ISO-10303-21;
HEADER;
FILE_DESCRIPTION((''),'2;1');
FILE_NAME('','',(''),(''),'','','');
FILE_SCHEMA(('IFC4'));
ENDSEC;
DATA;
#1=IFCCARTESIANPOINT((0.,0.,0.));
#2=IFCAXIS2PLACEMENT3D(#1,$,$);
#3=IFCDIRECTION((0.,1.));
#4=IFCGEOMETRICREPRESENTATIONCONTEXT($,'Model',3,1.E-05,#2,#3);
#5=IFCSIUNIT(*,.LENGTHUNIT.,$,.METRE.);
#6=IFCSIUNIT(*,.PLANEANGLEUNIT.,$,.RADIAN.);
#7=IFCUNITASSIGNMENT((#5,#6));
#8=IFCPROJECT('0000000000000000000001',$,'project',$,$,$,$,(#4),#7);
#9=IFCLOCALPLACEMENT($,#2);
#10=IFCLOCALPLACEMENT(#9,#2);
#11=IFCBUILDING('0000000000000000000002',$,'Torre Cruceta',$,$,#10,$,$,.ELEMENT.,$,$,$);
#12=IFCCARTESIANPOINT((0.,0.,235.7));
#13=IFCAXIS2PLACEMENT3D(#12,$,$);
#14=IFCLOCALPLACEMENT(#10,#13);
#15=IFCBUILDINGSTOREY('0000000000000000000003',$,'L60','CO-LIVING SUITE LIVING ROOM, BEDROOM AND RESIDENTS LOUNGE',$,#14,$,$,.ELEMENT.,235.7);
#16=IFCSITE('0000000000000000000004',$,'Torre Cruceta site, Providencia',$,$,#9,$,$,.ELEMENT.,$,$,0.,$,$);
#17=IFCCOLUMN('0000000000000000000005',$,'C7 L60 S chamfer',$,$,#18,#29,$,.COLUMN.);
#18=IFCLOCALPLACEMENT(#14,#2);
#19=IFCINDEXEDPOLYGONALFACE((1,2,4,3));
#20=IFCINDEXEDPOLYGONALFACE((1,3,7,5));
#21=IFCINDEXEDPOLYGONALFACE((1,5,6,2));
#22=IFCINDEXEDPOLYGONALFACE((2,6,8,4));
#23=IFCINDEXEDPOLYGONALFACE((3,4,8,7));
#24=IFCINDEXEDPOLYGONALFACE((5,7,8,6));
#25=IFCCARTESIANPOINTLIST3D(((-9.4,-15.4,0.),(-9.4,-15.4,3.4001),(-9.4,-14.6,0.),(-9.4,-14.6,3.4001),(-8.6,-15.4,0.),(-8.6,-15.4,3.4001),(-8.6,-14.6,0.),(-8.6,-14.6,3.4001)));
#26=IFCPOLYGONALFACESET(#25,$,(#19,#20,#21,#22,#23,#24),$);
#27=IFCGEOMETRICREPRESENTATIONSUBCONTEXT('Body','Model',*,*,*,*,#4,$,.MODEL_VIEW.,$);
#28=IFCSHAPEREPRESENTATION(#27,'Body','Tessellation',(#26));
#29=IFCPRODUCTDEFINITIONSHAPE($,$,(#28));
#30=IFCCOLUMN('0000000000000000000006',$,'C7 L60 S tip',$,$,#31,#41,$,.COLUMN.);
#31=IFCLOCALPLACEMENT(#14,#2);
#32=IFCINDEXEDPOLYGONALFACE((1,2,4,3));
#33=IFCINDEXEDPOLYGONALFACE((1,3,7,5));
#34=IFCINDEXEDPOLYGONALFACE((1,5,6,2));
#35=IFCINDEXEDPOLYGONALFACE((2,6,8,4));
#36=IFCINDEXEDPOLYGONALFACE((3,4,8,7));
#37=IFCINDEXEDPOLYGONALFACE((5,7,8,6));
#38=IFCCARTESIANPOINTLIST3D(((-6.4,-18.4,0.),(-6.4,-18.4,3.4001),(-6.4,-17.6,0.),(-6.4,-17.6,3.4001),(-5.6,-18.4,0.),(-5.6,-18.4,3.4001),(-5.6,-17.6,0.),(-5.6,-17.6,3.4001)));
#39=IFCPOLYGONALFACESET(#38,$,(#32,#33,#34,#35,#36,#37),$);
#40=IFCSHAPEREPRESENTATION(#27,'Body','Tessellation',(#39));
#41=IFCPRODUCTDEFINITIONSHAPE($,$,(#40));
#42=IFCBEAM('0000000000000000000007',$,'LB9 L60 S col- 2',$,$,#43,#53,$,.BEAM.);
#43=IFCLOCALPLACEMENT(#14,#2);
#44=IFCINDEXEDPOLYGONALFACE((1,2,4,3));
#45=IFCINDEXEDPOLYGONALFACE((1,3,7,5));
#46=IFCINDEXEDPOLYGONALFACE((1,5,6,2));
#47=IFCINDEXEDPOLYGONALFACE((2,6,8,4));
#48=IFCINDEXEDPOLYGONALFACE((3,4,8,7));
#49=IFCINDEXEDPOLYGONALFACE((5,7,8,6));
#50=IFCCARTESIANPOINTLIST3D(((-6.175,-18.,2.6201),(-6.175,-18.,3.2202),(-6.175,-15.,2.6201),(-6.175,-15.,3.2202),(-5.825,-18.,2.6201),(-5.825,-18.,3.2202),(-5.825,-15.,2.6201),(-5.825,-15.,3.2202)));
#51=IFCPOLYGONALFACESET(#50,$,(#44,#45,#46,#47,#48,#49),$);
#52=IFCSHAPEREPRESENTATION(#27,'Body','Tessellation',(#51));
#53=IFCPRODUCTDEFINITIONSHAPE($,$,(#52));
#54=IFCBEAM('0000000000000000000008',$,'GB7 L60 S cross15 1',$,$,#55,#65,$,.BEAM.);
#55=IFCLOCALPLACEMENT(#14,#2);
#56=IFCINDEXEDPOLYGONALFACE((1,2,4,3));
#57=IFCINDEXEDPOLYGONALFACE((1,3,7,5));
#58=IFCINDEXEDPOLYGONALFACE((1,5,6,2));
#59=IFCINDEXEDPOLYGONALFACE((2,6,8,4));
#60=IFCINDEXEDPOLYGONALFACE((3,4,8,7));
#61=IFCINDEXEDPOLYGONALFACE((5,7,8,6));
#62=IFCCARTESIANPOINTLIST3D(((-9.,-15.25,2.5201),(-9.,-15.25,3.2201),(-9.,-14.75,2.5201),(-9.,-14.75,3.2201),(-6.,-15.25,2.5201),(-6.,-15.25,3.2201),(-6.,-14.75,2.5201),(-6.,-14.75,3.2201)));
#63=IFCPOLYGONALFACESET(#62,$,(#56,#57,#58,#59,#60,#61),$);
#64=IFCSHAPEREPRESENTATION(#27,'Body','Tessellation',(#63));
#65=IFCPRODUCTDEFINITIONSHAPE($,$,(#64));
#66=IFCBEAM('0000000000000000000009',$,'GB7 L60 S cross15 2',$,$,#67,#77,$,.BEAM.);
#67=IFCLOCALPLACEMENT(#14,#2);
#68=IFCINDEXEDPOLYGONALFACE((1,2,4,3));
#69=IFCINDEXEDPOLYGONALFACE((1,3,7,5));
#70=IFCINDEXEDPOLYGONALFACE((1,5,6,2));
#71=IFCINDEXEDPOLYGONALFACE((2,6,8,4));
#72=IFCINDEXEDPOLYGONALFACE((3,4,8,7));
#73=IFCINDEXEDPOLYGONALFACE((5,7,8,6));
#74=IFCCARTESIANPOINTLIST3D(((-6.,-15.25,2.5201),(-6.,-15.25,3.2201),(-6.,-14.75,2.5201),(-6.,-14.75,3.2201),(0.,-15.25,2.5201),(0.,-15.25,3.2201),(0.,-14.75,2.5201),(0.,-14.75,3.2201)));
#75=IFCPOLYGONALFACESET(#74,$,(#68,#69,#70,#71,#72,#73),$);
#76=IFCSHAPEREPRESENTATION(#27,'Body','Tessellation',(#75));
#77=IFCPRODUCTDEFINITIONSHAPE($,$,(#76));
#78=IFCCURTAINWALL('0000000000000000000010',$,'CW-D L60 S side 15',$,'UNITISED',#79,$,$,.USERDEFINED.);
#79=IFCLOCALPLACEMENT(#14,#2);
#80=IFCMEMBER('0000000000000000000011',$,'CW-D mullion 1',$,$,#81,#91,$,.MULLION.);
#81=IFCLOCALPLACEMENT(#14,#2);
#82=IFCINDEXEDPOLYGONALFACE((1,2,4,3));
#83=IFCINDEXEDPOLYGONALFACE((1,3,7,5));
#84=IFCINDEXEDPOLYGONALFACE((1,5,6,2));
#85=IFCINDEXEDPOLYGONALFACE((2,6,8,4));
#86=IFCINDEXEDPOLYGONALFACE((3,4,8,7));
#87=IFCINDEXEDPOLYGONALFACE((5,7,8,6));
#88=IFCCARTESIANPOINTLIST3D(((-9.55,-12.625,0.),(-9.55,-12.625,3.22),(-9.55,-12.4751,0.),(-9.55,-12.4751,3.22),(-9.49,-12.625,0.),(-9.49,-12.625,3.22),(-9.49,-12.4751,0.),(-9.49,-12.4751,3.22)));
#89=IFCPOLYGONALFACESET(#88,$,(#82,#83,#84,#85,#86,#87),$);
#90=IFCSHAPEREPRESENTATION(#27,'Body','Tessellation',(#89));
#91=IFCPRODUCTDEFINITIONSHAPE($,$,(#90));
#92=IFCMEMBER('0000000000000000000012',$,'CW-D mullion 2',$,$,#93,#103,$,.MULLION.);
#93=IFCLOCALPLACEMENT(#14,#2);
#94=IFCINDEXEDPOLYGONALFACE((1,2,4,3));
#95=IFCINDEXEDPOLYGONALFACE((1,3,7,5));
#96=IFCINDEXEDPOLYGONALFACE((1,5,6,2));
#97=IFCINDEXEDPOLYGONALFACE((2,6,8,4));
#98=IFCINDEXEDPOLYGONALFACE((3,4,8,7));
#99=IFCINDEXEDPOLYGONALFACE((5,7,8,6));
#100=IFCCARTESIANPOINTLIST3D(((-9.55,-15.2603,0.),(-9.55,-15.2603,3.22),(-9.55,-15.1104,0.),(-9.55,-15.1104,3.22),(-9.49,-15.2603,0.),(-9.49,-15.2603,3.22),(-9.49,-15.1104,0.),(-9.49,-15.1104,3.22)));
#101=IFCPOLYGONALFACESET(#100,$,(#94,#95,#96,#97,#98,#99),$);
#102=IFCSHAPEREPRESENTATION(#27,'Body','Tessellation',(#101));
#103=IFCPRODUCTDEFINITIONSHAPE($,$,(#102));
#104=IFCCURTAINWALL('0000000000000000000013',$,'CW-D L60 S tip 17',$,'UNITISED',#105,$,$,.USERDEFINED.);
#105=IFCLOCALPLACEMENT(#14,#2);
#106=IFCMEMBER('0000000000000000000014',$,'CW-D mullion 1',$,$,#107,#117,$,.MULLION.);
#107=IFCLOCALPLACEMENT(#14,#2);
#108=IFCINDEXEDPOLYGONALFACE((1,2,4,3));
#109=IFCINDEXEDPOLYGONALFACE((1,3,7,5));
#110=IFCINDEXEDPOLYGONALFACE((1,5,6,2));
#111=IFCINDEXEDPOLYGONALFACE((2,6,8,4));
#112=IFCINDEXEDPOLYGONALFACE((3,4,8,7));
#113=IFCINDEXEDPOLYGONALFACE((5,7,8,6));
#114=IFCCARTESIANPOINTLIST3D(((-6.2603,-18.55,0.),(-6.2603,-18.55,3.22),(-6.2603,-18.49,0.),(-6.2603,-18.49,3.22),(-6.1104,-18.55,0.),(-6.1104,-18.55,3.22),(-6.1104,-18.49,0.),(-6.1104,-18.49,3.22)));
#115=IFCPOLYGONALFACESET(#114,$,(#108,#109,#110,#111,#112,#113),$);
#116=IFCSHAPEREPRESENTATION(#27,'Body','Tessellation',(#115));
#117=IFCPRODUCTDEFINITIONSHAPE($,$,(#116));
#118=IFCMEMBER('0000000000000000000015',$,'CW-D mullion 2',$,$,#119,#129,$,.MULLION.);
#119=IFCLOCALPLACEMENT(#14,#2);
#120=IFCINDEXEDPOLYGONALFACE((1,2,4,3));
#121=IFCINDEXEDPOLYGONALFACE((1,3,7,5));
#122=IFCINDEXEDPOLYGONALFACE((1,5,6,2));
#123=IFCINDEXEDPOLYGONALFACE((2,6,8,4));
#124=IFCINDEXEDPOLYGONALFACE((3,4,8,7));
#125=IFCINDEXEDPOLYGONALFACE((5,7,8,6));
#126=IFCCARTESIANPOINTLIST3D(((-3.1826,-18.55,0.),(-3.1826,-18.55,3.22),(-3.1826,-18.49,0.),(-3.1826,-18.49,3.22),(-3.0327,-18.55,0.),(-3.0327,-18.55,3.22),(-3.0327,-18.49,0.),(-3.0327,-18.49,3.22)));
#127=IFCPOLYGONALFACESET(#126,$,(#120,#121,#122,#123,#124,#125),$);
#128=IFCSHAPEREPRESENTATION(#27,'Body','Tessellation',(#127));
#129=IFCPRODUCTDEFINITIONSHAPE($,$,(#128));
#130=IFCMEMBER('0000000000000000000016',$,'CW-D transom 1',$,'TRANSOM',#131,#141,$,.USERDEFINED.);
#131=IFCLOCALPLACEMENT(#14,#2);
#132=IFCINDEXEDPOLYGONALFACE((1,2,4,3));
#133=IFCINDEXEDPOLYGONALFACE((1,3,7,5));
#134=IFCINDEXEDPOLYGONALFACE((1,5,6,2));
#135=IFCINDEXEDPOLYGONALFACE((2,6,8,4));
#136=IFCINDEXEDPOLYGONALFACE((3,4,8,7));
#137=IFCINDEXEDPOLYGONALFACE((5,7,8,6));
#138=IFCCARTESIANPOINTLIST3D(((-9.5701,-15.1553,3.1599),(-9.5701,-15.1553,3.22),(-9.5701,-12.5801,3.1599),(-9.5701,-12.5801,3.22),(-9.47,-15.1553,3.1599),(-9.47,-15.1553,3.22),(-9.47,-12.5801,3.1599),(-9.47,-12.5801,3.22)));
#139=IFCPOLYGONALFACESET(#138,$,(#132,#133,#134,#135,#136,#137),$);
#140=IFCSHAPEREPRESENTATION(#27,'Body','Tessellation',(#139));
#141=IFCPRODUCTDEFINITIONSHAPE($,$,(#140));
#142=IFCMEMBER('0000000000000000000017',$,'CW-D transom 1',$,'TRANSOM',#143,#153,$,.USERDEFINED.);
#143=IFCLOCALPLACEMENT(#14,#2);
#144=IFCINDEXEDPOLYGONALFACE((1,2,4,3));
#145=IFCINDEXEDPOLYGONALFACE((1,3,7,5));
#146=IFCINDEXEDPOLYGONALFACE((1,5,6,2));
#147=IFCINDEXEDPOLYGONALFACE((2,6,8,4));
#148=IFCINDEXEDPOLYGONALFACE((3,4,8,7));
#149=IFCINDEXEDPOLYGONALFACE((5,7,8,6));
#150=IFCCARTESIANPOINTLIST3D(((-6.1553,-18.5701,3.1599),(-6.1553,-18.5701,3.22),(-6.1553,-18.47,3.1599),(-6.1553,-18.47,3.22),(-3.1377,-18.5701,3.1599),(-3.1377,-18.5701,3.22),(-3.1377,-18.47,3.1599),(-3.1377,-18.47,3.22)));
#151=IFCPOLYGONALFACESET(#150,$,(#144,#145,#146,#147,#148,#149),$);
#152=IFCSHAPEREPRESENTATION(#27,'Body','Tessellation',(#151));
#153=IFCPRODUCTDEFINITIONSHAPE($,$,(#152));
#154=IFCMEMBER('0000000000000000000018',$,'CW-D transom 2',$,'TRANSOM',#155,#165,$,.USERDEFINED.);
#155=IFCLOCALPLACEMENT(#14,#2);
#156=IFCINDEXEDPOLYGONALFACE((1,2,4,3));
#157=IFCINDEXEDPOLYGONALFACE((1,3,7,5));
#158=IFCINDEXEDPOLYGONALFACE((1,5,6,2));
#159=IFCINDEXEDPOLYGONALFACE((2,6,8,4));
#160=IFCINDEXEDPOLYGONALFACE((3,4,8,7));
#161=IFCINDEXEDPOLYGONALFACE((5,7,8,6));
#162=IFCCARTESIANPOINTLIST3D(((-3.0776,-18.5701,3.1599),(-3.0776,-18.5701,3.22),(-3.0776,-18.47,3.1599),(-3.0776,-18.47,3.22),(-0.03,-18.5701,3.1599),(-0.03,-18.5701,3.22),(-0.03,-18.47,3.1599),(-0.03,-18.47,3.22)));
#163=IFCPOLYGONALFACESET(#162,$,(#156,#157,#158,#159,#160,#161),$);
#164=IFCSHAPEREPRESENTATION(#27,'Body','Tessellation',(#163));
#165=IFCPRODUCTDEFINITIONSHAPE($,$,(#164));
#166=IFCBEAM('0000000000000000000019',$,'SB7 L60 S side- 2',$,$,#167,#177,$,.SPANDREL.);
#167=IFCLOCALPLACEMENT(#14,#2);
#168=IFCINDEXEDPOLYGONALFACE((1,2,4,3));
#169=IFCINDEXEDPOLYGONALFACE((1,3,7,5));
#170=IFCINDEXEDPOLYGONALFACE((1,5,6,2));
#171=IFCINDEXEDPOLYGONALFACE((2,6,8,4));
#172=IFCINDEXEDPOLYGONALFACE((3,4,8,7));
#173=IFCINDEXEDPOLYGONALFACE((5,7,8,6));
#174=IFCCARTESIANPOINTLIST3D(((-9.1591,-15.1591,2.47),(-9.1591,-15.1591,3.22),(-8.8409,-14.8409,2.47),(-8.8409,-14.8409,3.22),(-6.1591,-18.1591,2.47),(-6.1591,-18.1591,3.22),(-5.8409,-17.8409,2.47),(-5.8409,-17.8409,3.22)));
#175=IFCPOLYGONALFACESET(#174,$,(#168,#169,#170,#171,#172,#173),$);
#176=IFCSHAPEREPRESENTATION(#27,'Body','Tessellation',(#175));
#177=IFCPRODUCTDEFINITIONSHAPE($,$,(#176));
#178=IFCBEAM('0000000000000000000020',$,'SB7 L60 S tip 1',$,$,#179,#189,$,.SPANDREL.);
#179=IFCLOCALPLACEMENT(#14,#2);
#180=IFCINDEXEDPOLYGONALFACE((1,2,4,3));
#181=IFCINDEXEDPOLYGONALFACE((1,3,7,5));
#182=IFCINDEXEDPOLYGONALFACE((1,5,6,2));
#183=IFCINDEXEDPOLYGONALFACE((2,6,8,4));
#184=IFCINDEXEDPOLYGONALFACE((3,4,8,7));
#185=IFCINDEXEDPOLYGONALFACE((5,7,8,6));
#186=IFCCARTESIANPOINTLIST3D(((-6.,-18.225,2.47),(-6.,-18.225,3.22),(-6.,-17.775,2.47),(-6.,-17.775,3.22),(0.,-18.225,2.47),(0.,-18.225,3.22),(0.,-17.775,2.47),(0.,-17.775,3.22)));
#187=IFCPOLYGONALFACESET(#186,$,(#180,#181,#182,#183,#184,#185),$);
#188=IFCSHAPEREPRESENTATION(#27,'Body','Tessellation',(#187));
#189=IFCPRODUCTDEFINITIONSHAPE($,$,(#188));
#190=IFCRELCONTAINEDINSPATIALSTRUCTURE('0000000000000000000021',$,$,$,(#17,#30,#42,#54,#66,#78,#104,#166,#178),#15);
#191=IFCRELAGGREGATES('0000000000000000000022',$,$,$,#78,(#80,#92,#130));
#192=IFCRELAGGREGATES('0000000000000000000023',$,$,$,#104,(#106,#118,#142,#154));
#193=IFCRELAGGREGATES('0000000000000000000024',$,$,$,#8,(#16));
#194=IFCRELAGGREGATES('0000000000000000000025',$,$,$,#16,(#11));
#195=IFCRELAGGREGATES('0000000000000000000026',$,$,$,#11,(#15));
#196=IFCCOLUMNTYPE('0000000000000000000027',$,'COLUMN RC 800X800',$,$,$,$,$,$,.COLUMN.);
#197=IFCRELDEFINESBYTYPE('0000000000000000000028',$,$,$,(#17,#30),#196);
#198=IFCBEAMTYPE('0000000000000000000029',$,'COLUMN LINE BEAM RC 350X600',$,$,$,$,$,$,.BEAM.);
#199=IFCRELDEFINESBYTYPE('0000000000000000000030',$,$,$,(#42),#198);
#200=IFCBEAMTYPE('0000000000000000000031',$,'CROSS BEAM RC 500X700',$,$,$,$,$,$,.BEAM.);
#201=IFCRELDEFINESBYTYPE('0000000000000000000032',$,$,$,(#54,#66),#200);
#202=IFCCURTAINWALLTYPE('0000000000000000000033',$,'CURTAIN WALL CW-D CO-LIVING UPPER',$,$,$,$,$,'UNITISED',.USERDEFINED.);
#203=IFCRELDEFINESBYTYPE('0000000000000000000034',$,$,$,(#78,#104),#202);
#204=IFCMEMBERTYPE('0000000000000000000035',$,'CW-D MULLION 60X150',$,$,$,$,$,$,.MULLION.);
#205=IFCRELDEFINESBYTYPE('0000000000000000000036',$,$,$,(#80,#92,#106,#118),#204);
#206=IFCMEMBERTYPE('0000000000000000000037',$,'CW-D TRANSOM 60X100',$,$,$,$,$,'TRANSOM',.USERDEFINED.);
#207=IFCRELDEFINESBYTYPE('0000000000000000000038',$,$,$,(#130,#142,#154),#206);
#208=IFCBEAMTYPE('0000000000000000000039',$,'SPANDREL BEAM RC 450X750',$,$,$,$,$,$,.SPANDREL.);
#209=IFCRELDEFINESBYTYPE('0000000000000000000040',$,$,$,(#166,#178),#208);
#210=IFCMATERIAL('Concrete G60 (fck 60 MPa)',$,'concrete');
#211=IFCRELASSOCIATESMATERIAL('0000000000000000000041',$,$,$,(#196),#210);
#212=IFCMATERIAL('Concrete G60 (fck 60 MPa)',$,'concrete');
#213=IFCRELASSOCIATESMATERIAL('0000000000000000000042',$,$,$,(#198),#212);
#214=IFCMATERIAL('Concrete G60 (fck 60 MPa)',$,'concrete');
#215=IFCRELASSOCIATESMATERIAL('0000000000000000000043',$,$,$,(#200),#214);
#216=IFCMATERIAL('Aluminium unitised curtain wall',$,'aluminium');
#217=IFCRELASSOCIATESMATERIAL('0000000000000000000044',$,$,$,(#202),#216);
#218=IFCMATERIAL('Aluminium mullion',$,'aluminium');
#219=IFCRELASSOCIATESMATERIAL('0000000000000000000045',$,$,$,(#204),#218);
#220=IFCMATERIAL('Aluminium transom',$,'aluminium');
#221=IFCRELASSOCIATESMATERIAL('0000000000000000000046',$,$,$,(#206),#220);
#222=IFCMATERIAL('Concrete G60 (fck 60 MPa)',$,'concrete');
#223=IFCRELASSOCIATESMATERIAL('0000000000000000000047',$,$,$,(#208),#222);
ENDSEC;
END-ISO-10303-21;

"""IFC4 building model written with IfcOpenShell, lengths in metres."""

from ifc_helpers import new_model, si_unit, direction, frame, origin, origin_2d, place, context, subcontext, project, spatial, rectangle, extrude, material, material_profile, profile_set, type_object, element, aggregate, save


model = new_model("IFC4")

# Units and contexts
model_context = context("Model", 3, precision=1e-05, world=origin(), true_north=direction((0.0, 1.0)))
body_context = subcontext(model_context, "Body", "Model", "MODEL_VIEW")
ifc_project = project(units=[si_unit("LENGTHUNIT", "METRE"), si_unit("PLANEANGLEUNIT", "RADIAN")], contexts=[model_context])

# Site, building, storey
site_placement = place(None, origin())
site = spatial("IfcSite", under=ifc_project, at=site_placement, Name="Torre Cruceta site, Providencia", CompositionType="ELEMENT", RefElevation=0.0)
building_placement = place(site_placement, origin())
building = spatial("IfcBuilding", under=site, at=building_placement, Name="Torre Cruceta", CompositionType="ELEMENT")
storey_placement = place(building_placement, frame((0.0, 0.0, 235.7)))
storey = spatial("IfcBuildingStorey", under=building, at=storey_placement, Name="L60", Description="CO-LIVING SUITE LIVING ROOM, BEDROOM AND RESIDENTS LOUNGE", CompositionType="ELEMENT", Elevation=235.7)

# Columns
ifc_material_1 = material(Name="Concrete G60 (fck 60 MPa)", Category="concrete")
ifc_material_profile_1 = material_profile(ifc_material_1, rectangle(XDim=0.8, YDim=0.8, at=origin_2d()), Name="RC 800X800")
ifc_profile_set_1 = profile_set([ifc_material_profile_1], Name="Concrete G60 (fck 60 MPa)")
column_type = type_object("IfcColumnType", Name="COLUMN RC 800X800", PredefinedType="COLUMN", material=ifc_profile_set_1)
for number, where, z_axis, x_axis, name in (
    (1, (-9.0, -15.0, 0.0), (0.0, 0.0, 1.0), (1.0, 0.0, 0.0), "C7 L60 S chamfer"),
    (2, (-6.0, -18.0, 0.0), (0.0, 0.0, 1.0), (1.0, 0.0, 0.0), "C7 L60 S tip"),
):
    element("IfcColumn", number, at=place(storey_placement, frame(where, z_axis=z_axis, x_axis=x_axis)), inside=storey, type_object=column_type, Name=name, PredefinedType="COLUMN", context=body_context, shape_type="SweptSolid", body=[
        extrude(rectangle(XDim=0.8, YDim=0.8, at=origin_2d()), origin(), (0.0, 0.0, 1.0), 3.4001),
    ])

# Beams
ifc_material_2 = material(Name="Concrete G60 (fck 60 MPa)", Category="concrete")
ifc_material_profile_2 = material_profile(ifc_material_2, rectangle(XDim=0.3501, YDim=0.6001, at=origin_2d()), Name="RC 350X600")
ifc_profile_set_2 = profile_set([ifc_material_profile_2], Name="Concrete G60 (fck 60 MPa)")
beam_type_1 = type_object("IfcBeamType", Name="COLUMN LINE BEAM RC 350X600", PredefinedType="BEAM", material=ifc_profile_set_2)
beam_1_placement = place(storey_placement, frame((-6.0, -15.0, 2.9202), z_axis=(0.0, -1.0, 0.0), x_axis=(1.0, 0.0, 0.0)))
element("IfcBeam", 3, at=beam_1_placement, inside=storey, type_object=beam_type_1, Name="LB9 L60 S col- 2", PredefinedType="BEAM", context=body_context, shape_type="SweptSolid", body=[
    extrude(rectangle(XDim=0.3501, YDim=0.6001, at=origin_2d()), origin(), (0.0, 0.0, 1.0), 3.0),
])
ifc_material_3 = material(Name="Concrete G60 (fck 60 MPa)", Category="concrete")
ifc_material_profile_3 = material_profile(ifc_material_3, rectangle(XDim=0.5, YDim=0.7, at=origin_2d()), Name="RC 500X700")
ifc_profile_set_3 = profile_set([ifc_material_profile_3], Name="Concrete G60 (fck 60 MPa)")
beam_type_2 = type_object("IfcBeamType", Name="CROSS BEAM RC 500X700", PredefinedType="BEAM", material=ifc_profile_set_3)
beam_2_placement = place(storey_placement, frame((-9.0, -15.0, 2.8701), z_axis=(1.0, 0.0, 0.0), x_axis=(0.0, 1.0, 0.0)))
element("IfcBeam", 4, at=beam_2_placement, inside=storey, type_object=beam_type_2, Name="GB7 L60 S cross15 1", PredefinedType="BEAM", context=body_context, shape_type="SweptSolid", body=[
    extrude(rectangle(XDim=0.5, YDim=0.7, at=origin_2d()), origin(), (0.0, 0.0, 1.0), 3.0),
])
beam_3_placement = place(storey_placement, frame((-6.0, -15.0, 2.8701), z_axis=(1.0, 0.0, 0.0), x_axis=(0.0, 1.0, 0.0)))
element("IfcBeam", 5, at=beam_3_placement, inside=storey, type_object=beam_type_2, Name="GB7 L60 S cross15 2", PredefinedType="BEAM", context=body_context, shape_type="SweptSolid", body=[
    extrude(rectangle(XDim=0.5, YDim=0.7, at=origin_2d()), origin(), (0.0, 0.0, 1.0), 6.0),
])

# Curtain walls, members
ifc_material_4 = material(Name="Aluminium unitised curtain wall", Category="aluminium")
curtain_wall_type = type_object("IfcCurtainWallType", Name="CURTAIN WALL CW-D CO-LIVING UPPER", ElementType="UNITISED", PredefinedType="USERDEFINED", material=ifc_material_4)
curtain_wall_1_placement = place(storey_placement, origin())
curtain_wall_1 = element("IfcCurtainWall", 6, at=curtain_wall_1_placement, inside=storey, type_object=curtain_wall_type, Name="CW-D L60 S side 15", ObjectType="UNITISED", PredefinedType="USERDEFINED")
ifc_material_5 = material(Name="Aluminium mullion", Category="aluminium")
ifc_material_profile_4 = material_profile(ifc_material_5, rectangle(XDim=0.0601, YDim=0.1499, at=origin_2d()), Name="AL 60X150")
ifc_profile_set_4 = profile_set([ifc_material_profile_4], Name="Aluminium mullion")
member_type_1 = type_object("IfcMemberType", Name="CW-D MULLION 60X150", PredefinedType="MULLION", material=ifc_profile_set_4)
member_1_placement = place(storey_placement, frame((-9.52, -12.55, 0.0), z_axis=(0.0, 0.0, 1.0), x_axis=(1.0, 0.0, 0.0)))
member_1 = element("IfcMember", 7, at=member_1_placement, type_object=member_type_1, Name="CW-D mullion 1", PredefinedType="MULLION", context=body_context, shape_type="SweptSolid", body=[
    extrude(rectangle(XDim=0.0601, YDim=0.1499, at=origin_2d()), origin(), (0.0, 0.0, 1.0), 3.22),
])
member_2_placement = place(storey_placement, frame((-9.52, -15.1853, 0.0), z_axis=(0.0, 0.0, 1.0), x_axis=(1.0, 0.0, 0.0)))
member_2 = element("IfcMember", 8, at=member_2_placement, type_object=member_type_1, Name="CW-D mullion 2", PredefinedType="MULLION", context=body_context, shape_type="SweptSolid", body=[
    extrude(rectangle(XDim=0.0601, YDim=0.1499, at=origin_2d()), origin(), (0.0, 0.0, 1.0), 3.22),
])
curtain_wall_2_placement = place(storey_placement, origin())
curtain_wall_2 = element("IfcCurtainWall", 9, at=curtain_wall_2_placement, inside=storey, type_object=curtain_wall_type, Name="CW-D L60 S tip 17", ObjectType="UNITISED", PredefinedType="USERDEFINED")
member_3_placement = place(storey_placement, frame((-6.1853, -18.52, 0.0), z_axis=(0.0, 0.0, 1.0), x_axis=(0.0, 1.0, 0.0)))
member_3 = element("IfcMember", 10, at=member_3_placement, type_object=member_type_1, Name="CW-D mullion 1", PredefinedType="MULLION", context=body_context, shape_type="SweptSolid", body=[
    extrude(rectangle(XDim=0.0601, YDim=0.1499, at=origin_2d()), origin(), (0.0, 0.0, 1.0), 3.22),
])
member_4_placement = place(storey_placement, frame((-3.1077, -18.52, 0.0), z_axis=(0.0, 0.0, 1.0), x_axis=(0.0, 1.0, 0.0)))
member_4 = element("IfcMember", 11, at=member_4_placement, type_object=member_type_1, Name="CW-D mullion 2", PredefinedType="MULLION", context=body_context, shape_type="SweptSolid", body=[
    extrude(rectangle(XDim=0.0601, YDim=0.1499, at=origin_2d()), origin(), (0.0, 0.0, 1.0), 3.22),
])

# Members
ifc_material_6 = material(Name="Aluminium transom", Category="aluminium")
ifc_material_profile_5 = material_profile(ifc_material_6, rectangle(XDim=0.1001, YDim=0.0601, at=origin_2d()), Name="AL 100X60")
ifc_profile_set_5 = profile_set([ifc_material_profile_5], Name="Aluminium transom")
member_type_2 = type_object("IfcMemberType", Name="CW-D TRANSOM 60X100", ElementType="TRANSOM", PredefinedType="USERDEFINED", material=ifc_profile_set_5)
member_5_placement = place(storey_placement, frame((-9.52, -12.5801, 3.1899), z_axis=(0.0, -1.0, 0.0), x_axis=(1.0, 0.0, 0.0)))
member_5 = element("IfcMember", 12, at=member_5_placement, type_object=member_type_2, Name="CW-D transom 1", ObjectType="TRANSOM", PredefinedType="USERDEFINED", context=body_context, shape_type="SweptSolid", body=[
    extrude(rectangle(XDim=0.1001, YDim=0.0601, at=origin_2d()), origin(), (0.0, 0.0, 1.0), 2.5752),
])
member_6_placement = place(storey_placement, frame((-6.1553, -18.52, 3.1899), z_axis=(1.0, 0.0, 0.0), x_axis=(0.0, 1.0, 0.0)))
member_6 = element("IfcMember", 13, at=member_6_placement, type_object=member_type_2, Name="CW-D transom 1", ObjectType="TRANSOM", PredefinedType="USERDEFINED", context=body_context, shape_type="SweptSolid", body=[
    extrude(rectangle(XDim=0.1001, YDim=0.0601, at=origin_2d()), origin(), (0.0, 0.0, 1.0), 3.0176),
])
member_7_placement = place(storey_placement, frame((-3.0776, -18.52, 3.1899), z_axis=(1.0, 0.0, 0.0), x_axis=(0.0, 1.0, 0.0)))
member_7 = element("IfcMember", 14, at=member_7_placement, type_object=member_type_2, Name="CW-D transom 2", ObjectType="TRANSOM", PredefinedType="USERDEFINED", context=body_context, shape_type="SweptSolid", body=[
    extrude(rectangle(XDim=0.1001, YDim=0.0601, at=origin_2d()), origin(), (0.0, 0.0, 1.0), 3.0476),
])

# Beams
ifc_material_7 = material(Name="Concrete G60 (fck 60 MPa)", Category="concrete")
ifc_material_profile_6 = material_profile(ifc_material_7, rectangle(XDim=0.45, YDim=0.75, at=origin_2d()), Name="RC 450X750")
ifc_profile_set_6 = profile_set([ifc_material_profile_6], Name="Concrete G60 (fck 60 MPa)")
beam_type_3 = type_object("IfcBeamType", Name="SPANDREL BEAM RC 450X750", PredefinedType="SPANDREL", material=ifc_profile_set_6)
beam_4_placement = place(storey_placement, frame((-9.0, -15.0, 2.845), z_axis=(0.707107, -0.707107, 0.0), x_axis=(0.707107, 0.707107, 0.0)))
element("IfcBeam", 15, at=beam_4_placement, inside=storey, type_object=beam_type_3, Name="SB7 L60 S side- 2", PredefinedType="SPANDREL", context=body_context, shape_type="SweptSolid", body=[
    extrude(rectangle(XDim=0.45, YDim=0.75, at=origin_2d()), origin(), (0.0, 0.0, 1.0), 4.2427),
])
beam_5_placement = place(storey_placement, frame((-6.0, -18.0, 2.845), z_axis=(1.0, 0.0, 0.0), x_axis=(0.0, 1.0, 0.0)))
element("IfcBeam", 16, at=beam_5_placement, inside=storey, type_object=beam_type_3, Name="SB7 L60 S tip 1", PredefinedType="SPANDREL", context=body_context, shape_type="SweptSolid", body=[
    extrude(rectangle(XDim=0.45, YDim=0.75, at=origin_2d()), origin(), (0.0, 0.0, 1.0), 6.0),
])

aggregate(curtain_wall_1, [member_1, member_2, member_5])
aggregate(curtain_wall_2, [member_3, member_4, member_6, member_7])

save(model, "model.ifc")
